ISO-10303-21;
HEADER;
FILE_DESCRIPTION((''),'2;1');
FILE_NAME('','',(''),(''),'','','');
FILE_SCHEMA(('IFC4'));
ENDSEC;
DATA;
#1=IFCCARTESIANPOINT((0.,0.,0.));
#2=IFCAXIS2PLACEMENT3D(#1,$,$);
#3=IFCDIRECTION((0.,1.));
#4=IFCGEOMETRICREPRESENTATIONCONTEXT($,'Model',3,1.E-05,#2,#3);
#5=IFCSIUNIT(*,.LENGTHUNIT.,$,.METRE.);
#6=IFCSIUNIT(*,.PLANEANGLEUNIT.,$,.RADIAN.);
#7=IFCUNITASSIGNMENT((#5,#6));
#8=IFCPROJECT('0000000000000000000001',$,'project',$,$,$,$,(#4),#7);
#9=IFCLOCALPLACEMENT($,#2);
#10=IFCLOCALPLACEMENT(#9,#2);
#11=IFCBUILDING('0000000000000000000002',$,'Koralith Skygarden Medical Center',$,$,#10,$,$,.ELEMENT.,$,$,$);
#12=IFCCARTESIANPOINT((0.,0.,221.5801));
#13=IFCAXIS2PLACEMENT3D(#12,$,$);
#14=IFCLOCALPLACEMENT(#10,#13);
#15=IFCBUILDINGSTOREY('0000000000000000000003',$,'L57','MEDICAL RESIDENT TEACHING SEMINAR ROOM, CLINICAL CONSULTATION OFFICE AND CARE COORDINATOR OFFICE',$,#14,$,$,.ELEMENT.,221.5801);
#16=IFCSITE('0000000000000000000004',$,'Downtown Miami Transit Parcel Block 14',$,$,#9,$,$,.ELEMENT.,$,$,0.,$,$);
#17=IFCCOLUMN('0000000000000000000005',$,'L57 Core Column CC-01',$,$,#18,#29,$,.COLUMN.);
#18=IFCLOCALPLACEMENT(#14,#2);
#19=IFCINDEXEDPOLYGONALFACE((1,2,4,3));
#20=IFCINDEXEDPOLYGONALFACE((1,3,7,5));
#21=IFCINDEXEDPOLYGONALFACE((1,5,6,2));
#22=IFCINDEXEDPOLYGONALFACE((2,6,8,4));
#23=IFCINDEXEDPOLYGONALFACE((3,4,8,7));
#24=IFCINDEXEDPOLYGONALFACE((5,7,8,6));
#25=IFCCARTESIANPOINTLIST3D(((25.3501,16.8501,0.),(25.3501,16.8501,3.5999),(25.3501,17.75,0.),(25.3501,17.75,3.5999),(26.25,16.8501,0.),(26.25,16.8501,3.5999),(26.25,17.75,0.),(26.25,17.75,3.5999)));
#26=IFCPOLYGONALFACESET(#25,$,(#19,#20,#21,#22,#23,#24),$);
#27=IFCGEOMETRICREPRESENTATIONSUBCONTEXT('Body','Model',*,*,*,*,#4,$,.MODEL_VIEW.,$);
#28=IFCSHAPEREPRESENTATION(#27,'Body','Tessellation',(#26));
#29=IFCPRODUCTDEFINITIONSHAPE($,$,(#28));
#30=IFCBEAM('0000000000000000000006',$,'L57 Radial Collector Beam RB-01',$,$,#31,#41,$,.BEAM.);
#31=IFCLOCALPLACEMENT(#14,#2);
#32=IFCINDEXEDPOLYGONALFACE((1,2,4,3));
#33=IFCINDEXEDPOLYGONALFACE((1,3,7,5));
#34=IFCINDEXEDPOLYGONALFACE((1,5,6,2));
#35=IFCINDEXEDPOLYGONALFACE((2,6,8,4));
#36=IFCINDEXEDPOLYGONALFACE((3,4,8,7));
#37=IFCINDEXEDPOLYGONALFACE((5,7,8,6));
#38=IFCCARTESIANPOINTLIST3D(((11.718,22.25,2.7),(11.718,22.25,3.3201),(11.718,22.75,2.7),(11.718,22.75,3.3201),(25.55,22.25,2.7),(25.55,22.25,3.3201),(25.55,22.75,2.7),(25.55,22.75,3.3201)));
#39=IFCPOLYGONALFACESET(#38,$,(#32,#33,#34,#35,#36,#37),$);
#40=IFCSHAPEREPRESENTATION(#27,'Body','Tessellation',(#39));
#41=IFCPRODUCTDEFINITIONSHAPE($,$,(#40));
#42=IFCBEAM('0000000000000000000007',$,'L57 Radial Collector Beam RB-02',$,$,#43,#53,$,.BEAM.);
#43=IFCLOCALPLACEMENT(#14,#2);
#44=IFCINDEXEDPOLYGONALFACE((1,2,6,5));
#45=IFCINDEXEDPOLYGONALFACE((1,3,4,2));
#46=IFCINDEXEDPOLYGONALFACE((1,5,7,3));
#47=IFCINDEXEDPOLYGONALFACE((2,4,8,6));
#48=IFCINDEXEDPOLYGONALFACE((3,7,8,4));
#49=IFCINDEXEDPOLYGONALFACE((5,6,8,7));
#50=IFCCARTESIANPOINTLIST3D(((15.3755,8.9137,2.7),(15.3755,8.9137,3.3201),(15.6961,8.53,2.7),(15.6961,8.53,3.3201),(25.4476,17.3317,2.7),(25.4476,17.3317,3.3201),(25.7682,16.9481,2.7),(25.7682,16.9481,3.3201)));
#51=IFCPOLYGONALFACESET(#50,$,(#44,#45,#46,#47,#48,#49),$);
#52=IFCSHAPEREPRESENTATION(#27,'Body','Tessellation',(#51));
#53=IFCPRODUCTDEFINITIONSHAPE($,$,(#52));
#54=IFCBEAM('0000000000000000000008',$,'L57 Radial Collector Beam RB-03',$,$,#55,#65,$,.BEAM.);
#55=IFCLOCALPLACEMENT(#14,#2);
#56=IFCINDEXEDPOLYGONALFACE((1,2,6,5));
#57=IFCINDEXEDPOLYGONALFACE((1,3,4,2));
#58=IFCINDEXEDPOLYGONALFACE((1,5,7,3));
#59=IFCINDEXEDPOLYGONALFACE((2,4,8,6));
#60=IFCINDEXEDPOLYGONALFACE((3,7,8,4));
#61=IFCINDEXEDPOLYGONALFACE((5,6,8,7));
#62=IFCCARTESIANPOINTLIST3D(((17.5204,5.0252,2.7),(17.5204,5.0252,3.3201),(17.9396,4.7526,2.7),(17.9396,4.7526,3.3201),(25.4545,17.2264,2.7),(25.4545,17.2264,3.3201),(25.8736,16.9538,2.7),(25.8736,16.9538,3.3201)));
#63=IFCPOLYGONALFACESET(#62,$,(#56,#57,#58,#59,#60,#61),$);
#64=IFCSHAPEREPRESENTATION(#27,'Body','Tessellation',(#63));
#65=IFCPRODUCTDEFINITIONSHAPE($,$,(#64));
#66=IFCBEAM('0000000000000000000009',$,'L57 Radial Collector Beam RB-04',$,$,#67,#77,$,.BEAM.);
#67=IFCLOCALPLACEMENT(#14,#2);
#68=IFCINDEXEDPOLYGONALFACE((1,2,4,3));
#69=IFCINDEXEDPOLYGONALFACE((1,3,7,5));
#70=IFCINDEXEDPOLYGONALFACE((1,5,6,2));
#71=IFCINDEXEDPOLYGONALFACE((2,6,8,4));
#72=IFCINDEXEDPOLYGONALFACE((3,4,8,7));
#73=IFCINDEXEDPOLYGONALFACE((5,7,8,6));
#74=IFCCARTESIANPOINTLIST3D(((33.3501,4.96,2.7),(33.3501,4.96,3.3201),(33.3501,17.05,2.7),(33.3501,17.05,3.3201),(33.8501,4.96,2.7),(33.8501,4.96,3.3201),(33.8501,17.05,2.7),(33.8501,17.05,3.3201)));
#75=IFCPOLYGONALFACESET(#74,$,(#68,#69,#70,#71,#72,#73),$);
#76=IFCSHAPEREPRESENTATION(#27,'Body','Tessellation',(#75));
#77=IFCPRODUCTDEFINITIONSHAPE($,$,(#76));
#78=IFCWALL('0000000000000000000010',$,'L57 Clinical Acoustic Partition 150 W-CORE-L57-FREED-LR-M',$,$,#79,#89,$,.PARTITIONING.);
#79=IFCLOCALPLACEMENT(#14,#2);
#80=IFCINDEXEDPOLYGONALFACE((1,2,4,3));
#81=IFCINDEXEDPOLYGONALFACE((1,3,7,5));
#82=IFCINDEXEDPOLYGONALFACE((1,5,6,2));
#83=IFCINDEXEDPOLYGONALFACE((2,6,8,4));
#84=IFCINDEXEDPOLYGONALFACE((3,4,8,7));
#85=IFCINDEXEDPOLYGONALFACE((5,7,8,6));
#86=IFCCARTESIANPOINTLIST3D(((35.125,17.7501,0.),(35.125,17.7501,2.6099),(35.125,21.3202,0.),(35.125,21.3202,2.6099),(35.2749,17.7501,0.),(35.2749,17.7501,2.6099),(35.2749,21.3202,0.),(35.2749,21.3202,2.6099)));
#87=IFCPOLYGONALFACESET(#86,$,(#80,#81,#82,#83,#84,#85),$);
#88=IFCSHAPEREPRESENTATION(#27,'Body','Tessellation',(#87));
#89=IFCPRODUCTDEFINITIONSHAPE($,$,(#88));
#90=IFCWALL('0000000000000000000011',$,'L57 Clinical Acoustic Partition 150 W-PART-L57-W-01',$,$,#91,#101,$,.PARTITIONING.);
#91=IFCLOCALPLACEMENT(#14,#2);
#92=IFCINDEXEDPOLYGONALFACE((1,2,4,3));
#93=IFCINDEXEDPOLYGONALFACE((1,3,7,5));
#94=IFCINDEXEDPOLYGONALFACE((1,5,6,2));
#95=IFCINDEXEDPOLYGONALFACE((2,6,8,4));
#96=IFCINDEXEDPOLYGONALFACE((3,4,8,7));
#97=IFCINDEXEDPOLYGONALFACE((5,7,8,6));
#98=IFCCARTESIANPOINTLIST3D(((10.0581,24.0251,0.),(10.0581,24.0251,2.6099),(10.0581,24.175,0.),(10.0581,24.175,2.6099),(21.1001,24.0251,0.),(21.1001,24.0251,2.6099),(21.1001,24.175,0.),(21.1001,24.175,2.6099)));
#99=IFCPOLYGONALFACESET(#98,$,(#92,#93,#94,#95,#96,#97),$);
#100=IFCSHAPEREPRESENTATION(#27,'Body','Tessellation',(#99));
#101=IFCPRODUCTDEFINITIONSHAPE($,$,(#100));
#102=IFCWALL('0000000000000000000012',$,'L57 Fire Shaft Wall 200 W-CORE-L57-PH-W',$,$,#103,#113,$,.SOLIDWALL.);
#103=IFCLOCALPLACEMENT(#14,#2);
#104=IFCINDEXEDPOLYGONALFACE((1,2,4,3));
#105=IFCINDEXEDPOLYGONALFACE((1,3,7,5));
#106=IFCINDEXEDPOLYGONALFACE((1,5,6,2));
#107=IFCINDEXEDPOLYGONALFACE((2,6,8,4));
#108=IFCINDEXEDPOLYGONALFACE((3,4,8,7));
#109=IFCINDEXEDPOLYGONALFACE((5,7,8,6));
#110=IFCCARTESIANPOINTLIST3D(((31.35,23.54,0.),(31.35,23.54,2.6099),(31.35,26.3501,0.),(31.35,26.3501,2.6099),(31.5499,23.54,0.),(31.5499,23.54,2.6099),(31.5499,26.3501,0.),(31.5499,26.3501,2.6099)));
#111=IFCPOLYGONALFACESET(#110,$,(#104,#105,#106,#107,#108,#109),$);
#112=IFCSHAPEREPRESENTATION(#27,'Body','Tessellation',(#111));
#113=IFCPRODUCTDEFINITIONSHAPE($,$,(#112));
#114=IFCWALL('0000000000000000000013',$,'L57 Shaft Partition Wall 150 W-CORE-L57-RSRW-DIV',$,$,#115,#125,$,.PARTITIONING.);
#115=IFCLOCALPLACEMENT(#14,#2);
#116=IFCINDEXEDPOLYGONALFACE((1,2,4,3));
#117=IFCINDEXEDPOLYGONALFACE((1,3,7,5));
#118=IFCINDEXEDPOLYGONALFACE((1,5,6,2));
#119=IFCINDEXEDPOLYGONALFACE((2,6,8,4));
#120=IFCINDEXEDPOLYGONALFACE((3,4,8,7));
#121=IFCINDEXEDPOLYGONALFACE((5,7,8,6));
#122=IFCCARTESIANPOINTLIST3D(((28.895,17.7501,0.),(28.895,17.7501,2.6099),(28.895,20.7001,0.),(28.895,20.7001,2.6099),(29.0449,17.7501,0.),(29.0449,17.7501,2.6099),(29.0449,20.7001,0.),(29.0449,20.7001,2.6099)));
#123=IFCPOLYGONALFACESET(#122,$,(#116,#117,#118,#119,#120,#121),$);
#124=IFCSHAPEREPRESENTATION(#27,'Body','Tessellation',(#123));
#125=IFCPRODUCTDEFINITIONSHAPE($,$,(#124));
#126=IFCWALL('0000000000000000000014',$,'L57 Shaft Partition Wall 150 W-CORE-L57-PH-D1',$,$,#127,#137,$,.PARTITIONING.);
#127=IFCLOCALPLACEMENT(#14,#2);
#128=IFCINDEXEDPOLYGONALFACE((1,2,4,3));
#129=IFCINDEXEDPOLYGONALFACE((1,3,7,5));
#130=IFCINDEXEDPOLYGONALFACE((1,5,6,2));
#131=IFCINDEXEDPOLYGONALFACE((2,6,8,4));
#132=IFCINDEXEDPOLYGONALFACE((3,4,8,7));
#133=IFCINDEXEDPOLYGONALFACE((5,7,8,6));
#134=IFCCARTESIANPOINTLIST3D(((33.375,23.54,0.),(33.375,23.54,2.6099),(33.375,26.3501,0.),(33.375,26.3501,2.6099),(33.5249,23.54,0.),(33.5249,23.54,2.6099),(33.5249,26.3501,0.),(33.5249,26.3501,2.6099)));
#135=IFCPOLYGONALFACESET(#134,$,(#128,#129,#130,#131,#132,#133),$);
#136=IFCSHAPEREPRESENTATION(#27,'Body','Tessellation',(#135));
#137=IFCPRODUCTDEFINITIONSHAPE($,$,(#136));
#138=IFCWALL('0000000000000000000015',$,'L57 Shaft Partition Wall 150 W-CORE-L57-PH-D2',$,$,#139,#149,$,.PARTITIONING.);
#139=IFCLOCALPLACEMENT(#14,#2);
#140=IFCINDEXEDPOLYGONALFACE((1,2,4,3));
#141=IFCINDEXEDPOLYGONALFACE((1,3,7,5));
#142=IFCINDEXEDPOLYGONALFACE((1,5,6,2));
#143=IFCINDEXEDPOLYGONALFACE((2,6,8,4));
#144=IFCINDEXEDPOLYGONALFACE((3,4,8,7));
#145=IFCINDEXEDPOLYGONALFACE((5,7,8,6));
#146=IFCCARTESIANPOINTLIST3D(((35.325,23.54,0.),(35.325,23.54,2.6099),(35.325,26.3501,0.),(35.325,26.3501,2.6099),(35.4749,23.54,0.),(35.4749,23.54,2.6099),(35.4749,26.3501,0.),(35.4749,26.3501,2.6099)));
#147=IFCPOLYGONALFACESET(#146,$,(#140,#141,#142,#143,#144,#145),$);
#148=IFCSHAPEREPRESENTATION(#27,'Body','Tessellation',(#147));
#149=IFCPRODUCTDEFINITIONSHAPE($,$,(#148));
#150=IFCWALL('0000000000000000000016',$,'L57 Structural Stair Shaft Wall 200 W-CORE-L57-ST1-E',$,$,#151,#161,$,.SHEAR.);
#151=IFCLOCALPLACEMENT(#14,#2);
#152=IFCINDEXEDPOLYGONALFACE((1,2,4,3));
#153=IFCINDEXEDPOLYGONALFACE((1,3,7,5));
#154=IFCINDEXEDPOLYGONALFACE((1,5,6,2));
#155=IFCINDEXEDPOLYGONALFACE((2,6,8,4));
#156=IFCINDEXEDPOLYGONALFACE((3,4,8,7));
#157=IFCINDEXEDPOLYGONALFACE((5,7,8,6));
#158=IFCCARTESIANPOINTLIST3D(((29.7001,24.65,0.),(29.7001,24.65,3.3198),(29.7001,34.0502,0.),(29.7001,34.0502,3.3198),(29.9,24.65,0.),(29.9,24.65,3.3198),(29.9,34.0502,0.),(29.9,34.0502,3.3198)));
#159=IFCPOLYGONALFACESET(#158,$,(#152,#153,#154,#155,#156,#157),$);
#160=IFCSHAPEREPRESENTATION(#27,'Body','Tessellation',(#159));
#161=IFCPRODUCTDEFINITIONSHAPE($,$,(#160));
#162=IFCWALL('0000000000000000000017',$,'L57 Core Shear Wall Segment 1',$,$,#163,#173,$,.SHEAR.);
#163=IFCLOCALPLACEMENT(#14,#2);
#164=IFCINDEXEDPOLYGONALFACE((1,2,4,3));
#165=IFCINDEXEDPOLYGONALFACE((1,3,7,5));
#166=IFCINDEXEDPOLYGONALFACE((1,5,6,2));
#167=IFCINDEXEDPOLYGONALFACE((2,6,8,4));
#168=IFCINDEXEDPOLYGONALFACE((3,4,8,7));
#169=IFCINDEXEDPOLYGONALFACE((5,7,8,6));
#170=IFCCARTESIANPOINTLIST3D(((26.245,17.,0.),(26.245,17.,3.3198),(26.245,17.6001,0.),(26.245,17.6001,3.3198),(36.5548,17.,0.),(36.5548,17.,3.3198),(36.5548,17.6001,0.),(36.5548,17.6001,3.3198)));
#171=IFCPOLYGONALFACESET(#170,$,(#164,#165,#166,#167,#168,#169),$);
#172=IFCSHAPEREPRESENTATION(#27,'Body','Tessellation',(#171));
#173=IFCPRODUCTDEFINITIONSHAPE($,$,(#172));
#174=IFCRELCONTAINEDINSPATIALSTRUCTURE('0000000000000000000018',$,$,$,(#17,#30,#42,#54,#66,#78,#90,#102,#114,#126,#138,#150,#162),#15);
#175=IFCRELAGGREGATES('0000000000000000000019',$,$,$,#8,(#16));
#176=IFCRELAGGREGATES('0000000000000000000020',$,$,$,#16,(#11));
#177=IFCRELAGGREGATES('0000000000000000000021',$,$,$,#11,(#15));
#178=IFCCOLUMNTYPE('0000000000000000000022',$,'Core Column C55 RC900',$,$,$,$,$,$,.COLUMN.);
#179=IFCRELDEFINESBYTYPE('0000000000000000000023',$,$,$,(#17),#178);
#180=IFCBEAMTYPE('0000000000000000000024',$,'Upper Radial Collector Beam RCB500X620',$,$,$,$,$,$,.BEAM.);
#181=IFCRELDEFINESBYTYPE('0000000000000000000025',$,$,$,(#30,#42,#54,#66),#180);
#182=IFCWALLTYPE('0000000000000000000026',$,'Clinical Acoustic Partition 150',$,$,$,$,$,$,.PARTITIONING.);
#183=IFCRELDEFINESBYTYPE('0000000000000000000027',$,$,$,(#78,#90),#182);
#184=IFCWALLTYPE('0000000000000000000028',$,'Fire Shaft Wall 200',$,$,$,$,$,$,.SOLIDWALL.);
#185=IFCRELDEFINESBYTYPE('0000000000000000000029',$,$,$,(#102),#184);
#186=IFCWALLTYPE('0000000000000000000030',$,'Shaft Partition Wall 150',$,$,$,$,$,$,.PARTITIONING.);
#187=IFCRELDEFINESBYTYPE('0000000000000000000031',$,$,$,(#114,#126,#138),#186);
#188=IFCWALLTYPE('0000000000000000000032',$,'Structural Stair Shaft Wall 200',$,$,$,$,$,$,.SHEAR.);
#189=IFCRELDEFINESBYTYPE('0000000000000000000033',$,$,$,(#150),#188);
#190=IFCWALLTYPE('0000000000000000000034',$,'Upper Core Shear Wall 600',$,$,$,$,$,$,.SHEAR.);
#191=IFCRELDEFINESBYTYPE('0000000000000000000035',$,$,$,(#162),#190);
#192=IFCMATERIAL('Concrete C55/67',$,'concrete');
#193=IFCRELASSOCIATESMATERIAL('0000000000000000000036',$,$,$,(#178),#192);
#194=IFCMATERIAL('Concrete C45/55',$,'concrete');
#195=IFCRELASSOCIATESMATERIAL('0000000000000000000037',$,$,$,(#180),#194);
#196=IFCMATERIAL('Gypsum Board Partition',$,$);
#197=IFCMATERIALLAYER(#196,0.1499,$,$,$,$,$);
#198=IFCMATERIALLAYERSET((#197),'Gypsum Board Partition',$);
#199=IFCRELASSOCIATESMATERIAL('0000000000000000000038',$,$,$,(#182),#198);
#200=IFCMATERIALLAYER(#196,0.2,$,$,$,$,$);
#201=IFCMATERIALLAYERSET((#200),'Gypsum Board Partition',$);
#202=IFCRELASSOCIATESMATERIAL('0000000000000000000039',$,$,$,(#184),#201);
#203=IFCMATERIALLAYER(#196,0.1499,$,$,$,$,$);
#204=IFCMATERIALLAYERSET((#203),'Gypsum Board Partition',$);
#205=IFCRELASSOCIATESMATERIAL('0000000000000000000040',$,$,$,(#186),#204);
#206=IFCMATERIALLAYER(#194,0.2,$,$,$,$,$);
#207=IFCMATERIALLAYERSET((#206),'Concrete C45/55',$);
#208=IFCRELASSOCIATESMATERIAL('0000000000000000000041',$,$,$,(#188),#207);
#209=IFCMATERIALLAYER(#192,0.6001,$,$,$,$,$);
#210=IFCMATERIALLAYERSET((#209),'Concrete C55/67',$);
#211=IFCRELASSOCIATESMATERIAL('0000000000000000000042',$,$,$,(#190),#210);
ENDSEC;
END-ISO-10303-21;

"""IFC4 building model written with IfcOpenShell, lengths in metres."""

from ifc_helpers import new_model, si_unit, direction, frame, frame_2d, origin, origin_2d, place, context, subcontext, project, spatial, rectangle, extrude, material, layer, layer_set, material_profile, profile_set, type_object, element, save


model = new_model("IFC4")

# Units and contexts
model_context = context("Model", 3, precision=1e-05, world=origin(), true_north=direction((0.0, 1.0)))
body_context = subcontext(model_context, "Body", "Model", "MODEL_VIEW")
ifc_project = project(units=[si_unit("LENGTHUNIT", "METRE"), si_unit("PLANEANGLEUNIT", "RADIAN")], contexts=[model_context])

# Site, building, storey
site_placement = place(None, origin())
site = spatial("IfcSite", under=ifc_project, at=site_placement, Name="Downtown Miami Transit Parcel Block 14", CompositionType="ELEMENT", RefElevation=0.0)
building_placement = place(site_placement, origin())
building = spatial("IfcBuilding", under=site, at=building_placement, Name="Koralith Skygarden Medical Center", CompositionType="ELEMENT")
storey_placement = place(building_placement, frame((0.0, 0.0, 221.5801)))
storey = spatial("IfcBuildingStorey", under=building, at=storey_placement, Name="L57", Description="MEDICAL RESIDENT TEACHING SEMINAR ROOM, CLINICAL CONSULTATION OFFICE AND CARE COORDINATOR OFFICE", CompositionType="ELEMENT", Elevation=221.5801)

# Column
ifc_material_1 = material(Name="Concrete C55/67", Category="concrete")
ifc_material_profile_1 = material_profile(ifc_material_1, rectangle(XDim=0.8999, YDim=0.8999, at=origin_2d()), Name="RC900X900")
ifc_profile_set_1 = profile_set([ifc_material_profile_1], Name="Concrete C55/67")
column_type = type_object("IfcColumnType", Name="Core Column C55 RC900", PredefinedType="COLUMN", material=ifc_profile_set_1)
column_placement = place(storey_placement, frame((25.8, 17.3, 0.0), z_axis=(0.0, 0.0, 1.0), x_axis=(1.0, 0.0, 0.0)))
element("IfcColumn", 1, at=column_placement, inside=storey, type_object=column_type, Name="L57 Core Column CC-01", PredefinedType="COLUMN", context=body_context, shape_type="SweptSolid", body=[
    extrude(rectangle(XDim=0.8999, YDim=0.8999, at=origin_2d()), origin(), (0.0, 0.0, 1.0), 3.5999),
])

# Beams
ifc_material_2 = material(Name="Concrete C45/55", Category="concrete")
ifc_material_profile_2 = material_profile(ifc_material_2, rectangle(XDim=0.5, YDim=0.6201, at=origin_2d()), Name="RCB500X620")
ifc_profile_set_2 = profile_set([ifc_material_profile_2], Name="Concrete C45/55")
beam_type = type_object("IfcBeamType", Name="Upper Radial Collector Beam RCB500X620", PredefinedType="BEAM", material=ifc_profile_set_2)
beam_1_placement = place(storey_placement, frame((25.55, 22.5, 3.01), z_axis=(-1.0, 0.0, 0.0), x_axis=(0.0, -1.0, 0.0)))
element("IfcBeam", 2, at=beam_1_placement, inside=storey, type_object=beam_type, Name="L57 Radial Collector Beam RB-01", PredefinedType="BEAM", context=body_context, shape_type="SweptSolid", body=[
    extrude(rectangle(XDim=0.5, YDim=0.6201, at=origin_2d()), origin(), (0.0, 0.0, 1.0), 13.832),
])
beam_2_placement = place(storey_placement, frame((25.6079, 17.1399, 3.01), z_axis=(-0.767298, -0.641291, 0.0), x_axis=(0.641291, -0.767298, 0.0)))
element("IfcBeam", 3, at=beam_2_placement, inside=storey, type_object=beam_type, Name="L57 Radial Collector Beam RB-02", PredefinedType="BEAM", context=body_context, shape_type="SweptSolid", body=[
    extrude(rectangle(XDim=0.5, YDim=0.6201, at=origin_2d()), origin(), (0.0, 0.0, 1.0), 13.1267),
])
beam_3_placement = place(storey_placement, frame((25.6641, 17.0901, 3.01), z_axis=(-0.545149, -0.838339, 0.0), x_axis=(0.838339, -0.545149, 0.0)))
element("IfcBeam", 4, at=beam_3_placement, inside=storey, type_object=beam_type, Name="L57 Radial Collector Beam RB-03", PredefinedType="BEAM", context=body_context, shape_type="SweptSolid", body=[
    extrude(rectangle(XDim=0.5, YDim=0.6201, at=origin_2d()), origin(), (0.0, 0.0, 1.0), 14.554),
])
beam_4_placement = place(storey_placement, frame((33.6001, 17.05, 3.01), z_axis=(0.0, -1.0, 0.0), x_axis=(1.0, 0.0, 0.0)))
element("IfcBeam", 5, at=beam_4_placement, inside=storey, type_object=beam_type, Name="L57 Radial Collector Beam RB-04", PredefinedType="BEAM", context=body_context, shape_type="SweptSolid", body=[
    extrude(rectangle(XDim=0.5, YDim=0.6201, at=origin_2d()), origin(), (0.0, 0.0, 1.0), 12.0901),
])

# Shared definitions
ifc_material_3 = material(Name="Gypsum Board Partition")
ifc_layer_1 = layer(ifc_material_3, 0.1499)
ifc_layer_set_1 = layer_set([ifc_layer_1], Name="Gypsum Board Partition")
wall_type_1 = type_object("IfcWallType", Name="Clinical Acoustic Partition 150", PredefinedType="PARTITIONING", material=ifc_layer_set_1)

# Walls
wall_1_placement = place(storey_placement, frame((35.2, 17.75, 0.0), z_axis=(0.0, 0.0, 1.0), x_axis=(0.0, 1.0, 0.0)))
element("IfcWall", 6, at=wall_1_placement, inside=storey, type_object=wall_type_1, Name="L57 Clinical Acoustic Partition 150 W-CORE-L57-FREED-LR-M", PredefinedType="PARTITIONING", context=body_context, shape_type="SweptSolid", body=[
    extrude(rectangle(XDim=3.5701, YDim=0.1499, at=frame_2d((1.7852, 0.0))), origin(), (0.0, 0.0, 1.0), 2.6099),
])
wall_2_placement = place(storey_placement, frame((21.1001, 24.1001, 0.0), z_axis=(0.0, 0.0, 1.0), x_axis=(-1.0, 0.0, 0.0)))
element("IfcWall", 7, at=wall_2_placement, inside=storey, type_object=wall_type_1, Name="L57 Clinical Acoustic Partition 150 W-PART-L57-W-01", PredefinedType="PARTITIONING", context=body_context, shape_type="SweptSolid", body=[
    extrude(rectangle(XDim=11.042, YDim=0.1499, at=frame_2d((5.521, 0.0))), origin(), (0.0, 0.0, 1.0), 2.6099),
])

# Shared definitions
ifc_layer_2 = layer(ifc_material_3, 0.2)
ifc_layer_set_2 = layer_set([ifc_layer_2], Name="Gypsum Board Partition")
wall_type_2 = type_object("IfcWallType", Name="Fire Shaft Wall 200", PredefinedType="SOLIDWALL", material=ifc_layer_set_2)

# Walls
wall_3_placement = place(storey_placement, frame((31.45, 23.54, 0.0), z_axis=(0.0, 0.0, 1.0), x_axis=(0.0, 1.0, 0.0)))
element("IfcWall", 8, at=wall_3_placement, inside=storey, type_object=wall_type_2, Name="L57 Fire Shaft Wall 200 W-CORE-L57-PH-W", PredefinedType="SOLIDWALL", context=body_context, shape_type="SweptSolid", body=[
    extrude(rectangle(XDim=2.8101, YDim=0.2, at=frame_2d((1.405, 0.0))), origin(), (0.0, 0.0, 1.0), 2.6099),
])
ifc_layer_3 = layer(ifc_material_3, 0.1499)
ifc_layer_set_3 = layer_set([ifc_layer_3], Name="Gypsum Board Partition")
wall_type_3 = type_object("IfcWallType", Name="Shaft Partition Wall 150", PredefinedType="PARTITIONING", material=ifc_layer_set_3)
wall_4_placement = place(storey_placement, frame((28.97, 17.75, 0.0), z_axis=(0.0, 0.0, 1.0), x_axis=(0.0, 1.0, 0.0)))
element("IfcWall", 9, at=wall_4_placement, inside=storey, type_object=wall_type_3, Name="L57 Shaft Partition Wall 150 W-CORE-L57-RSRW-DIV", PredefinedType="PARTITIONING", context=body_context, shape_type="SweptSolid", body=[
    extrude(rectangle(XDim=2.95, YDim=0.1499, at=frame_2d((1.4751, 0.0))), origin(), (0.0, 0.0, 1.0), 2.6099),
])
for number, where, z_axis, x_axis, name in (
    (10, (33.45, 23.54, 0.0), (0.0, 0.0, 1.0), (0.0, 1.0, 0.0), "L57 Shaft Partition Wall 150 W-CORE-L57-PH-D1"),
    (11, (35.3999, 23.54, 0.0), (0.0, 0.0, 1.0), (0.0, 1.0, 0.0), "L57 Shaft Partition Wall 150 W-CORE-L57-PH-D2"),
):
    element("IfcWall", number, at=place(storey_placement, frame(where, z_axis=z_axis, x_axis=x_axis)), inside=storey, type_object=wall_type_3, Name=name, PredefinedType="PARTITIONING", context=body_context, shape_type="SweptSolid", body=[
        extrude(rectangle(XDim=2.8101, YDim=0.1499, at=frame_2d((1.405, 0.0))), origin(), (0.0, 0.0, 1.0), 2.6099),
    ])
ifc_layer_4 = layer(ifc_material_2, 0.2)
ifc_layer_set_4 = layer_set([ifc_layer_4], Name="Concrete C45/55")
wall_type_4 = type_object("IfcWallType", Name="Structural Stair Shaft Wall 200", PredefinedType="SHEAR", material=ifc_layer_set_4)
wall_5_placement = place(storey_placement, frame((29.8, 24.6499, 0.0), z_axis=(0.0, 0.0, 1.0), x_axis=(0.0, 1.0, 0.0)))
element("IfcWall", 12, at=wall_5_placement, inside=storey, type_object=wall_type_4, Name="L57 Structural Stair Shaft Wall 200 W-CORE-L57-ST1-E", PredefinedType="SHEAR", context=body_context, shape_type="SweptSolid", body=[
    extrude(rectangle(XDim=9.4001, YDim=0.2, at=frame_2d((4.7002, 0.0))), origin(), (0.0, 0.0, 1.0), 3.3198),
])

# Wall
ifc_layer_5 = layer(ifc_material_1, 0.6001)
ifc_layer_set_5 = layer_set([ifc_layer_5], Name="Concrete C55/67")
wall_type_5 = type_object("IfcWallType", Name="Upper Core Shear Wall 600", PredefinedType="SHEAR", material=ifc_layer_set_5)
wall_6_placement = place(storey_placement, frame((26.2451, 17.3, 0.0), z_axis=(0.0, 0.0, 1.0), x_axis=(1.0, 0.0, 0.0)))
element("IfcWall", 13, at=wall_6_placement, inside=storey, type_object=wall_type_5, Name="L57 Core Shear Wall Segment 1", PredefinedType="SHEAR", context=body_context, shape_type="SweptSolid", body=[
    extrude(rectangle(XDim=10.3098, YDim=0.6001, at=frame_2d((5.1548, 0.0))), origin(), (0.0, 0.0, 1.0), 3.3198),
])

save(model, "model.ifc")
